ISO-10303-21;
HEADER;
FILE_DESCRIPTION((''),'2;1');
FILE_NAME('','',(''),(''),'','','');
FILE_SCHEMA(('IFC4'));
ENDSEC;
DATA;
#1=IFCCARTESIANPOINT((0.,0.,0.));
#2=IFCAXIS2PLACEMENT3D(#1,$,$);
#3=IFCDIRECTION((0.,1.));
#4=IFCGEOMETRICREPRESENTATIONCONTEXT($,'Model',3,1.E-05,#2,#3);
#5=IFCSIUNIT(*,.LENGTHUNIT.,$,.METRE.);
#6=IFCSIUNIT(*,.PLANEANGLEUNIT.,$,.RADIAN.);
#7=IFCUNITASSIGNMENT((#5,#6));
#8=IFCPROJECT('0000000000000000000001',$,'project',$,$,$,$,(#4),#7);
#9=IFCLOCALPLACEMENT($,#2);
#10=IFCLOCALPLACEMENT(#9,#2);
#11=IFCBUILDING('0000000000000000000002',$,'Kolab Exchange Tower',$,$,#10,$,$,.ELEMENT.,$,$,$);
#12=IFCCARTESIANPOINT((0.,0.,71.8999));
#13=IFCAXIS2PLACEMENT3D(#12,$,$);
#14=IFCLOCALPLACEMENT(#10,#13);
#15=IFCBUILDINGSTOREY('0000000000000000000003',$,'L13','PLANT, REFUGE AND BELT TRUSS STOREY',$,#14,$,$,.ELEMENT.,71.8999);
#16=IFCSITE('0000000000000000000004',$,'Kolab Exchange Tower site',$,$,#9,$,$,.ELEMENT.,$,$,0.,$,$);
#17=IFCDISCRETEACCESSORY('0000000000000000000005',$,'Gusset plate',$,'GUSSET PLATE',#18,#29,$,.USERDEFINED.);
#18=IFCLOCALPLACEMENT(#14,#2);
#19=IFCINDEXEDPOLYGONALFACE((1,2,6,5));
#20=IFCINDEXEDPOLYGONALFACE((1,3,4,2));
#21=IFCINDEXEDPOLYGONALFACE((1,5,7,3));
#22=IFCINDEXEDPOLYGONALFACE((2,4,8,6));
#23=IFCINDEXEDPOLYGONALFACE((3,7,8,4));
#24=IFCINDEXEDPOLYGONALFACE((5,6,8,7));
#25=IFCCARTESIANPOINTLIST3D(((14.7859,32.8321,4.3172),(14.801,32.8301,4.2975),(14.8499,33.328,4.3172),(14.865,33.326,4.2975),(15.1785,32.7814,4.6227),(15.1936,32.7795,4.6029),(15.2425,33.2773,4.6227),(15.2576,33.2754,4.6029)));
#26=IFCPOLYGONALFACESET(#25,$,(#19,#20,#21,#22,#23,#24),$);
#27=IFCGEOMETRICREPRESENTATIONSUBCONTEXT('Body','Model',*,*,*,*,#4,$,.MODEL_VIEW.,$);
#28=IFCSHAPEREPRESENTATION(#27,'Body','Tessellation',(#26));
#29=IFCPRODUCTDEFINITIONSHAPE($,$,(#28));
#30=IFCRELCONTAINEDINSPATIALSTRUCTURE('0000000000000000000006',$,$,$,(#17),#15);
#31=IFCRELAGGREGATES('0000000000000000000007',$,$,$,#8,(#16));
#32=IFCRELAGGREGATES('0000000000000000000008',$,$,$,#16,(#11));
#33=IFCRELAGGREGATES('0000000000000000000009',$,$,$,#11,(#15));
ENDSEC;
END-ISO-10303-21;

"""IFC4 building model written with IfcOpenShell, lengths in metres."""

from ifc_helpers import new_model, si_unit, direction, frame, origin, origin_2d, place, context, subcontext, project, spatial, rectangle, extrude, element, save


model = new_model("IFC4")

# Units and contexts
model_context = context("Model", 3, precision=1e-05, world=origin(), true_north=direction((0.0, 1.0)))
body_context = subcontext(model_context, "Body", "Model", "MODEL_VIEW")
ifc_project = project(units=[si_unit("LENGTHUNIT", "METRE"), si_unit("PLANEANGLEUNIT", "RADIAN")], contexts=[model_context])

# Site, building, storey
site_placement = place(None, origin())
site = spatial("IfcSite", under=ifc_project, at=site_placement, Name="Kolab Exchange Tower site", CompositionType="ELEMENT", RefElevation=0.0)
building_placement = place(site_placement, origin())
building = spatial("IfcBuilding", under=site, at=building_placement, Name="Kolab Exchange Tower", CompositionType="ELEMENT")
storey_placement = place(building_placement, frame((0.0, 0.0, 71.8999)))
storey = spatial("IfcBuildingStorey", under=building, at=storey_placement, Name="L13", Description="PLANT, REFUGE AND BELT TRUSS STOREY", CompositionType="ELEMENT", Elevation=71.8999)

# Discrete accessory
for number, where, z_axis, x_axis, name in (
    (1, (15.0293, 33.0527, 4.4502), (-0.605953, 0.078188, 0.791649), (-0.127971, -0.991778, 0.0), "Gusset plate"),
):
    element("IfcDiscreteAccessory", number, at=place(storey_placement, frame(where, z_axis=z_axis, x_axis=x_axis)), inside=storey, Name=name, ObjectType="GUSSET PLATE", PredefinedType="USERDEFINED", context=body_context, shape_type="SweptSolid", body=[
        extrude(rectangle(XDim=0.5, YDim=0.5, at=origin_2d()), origin(), (0.0, 0.0, 1.0), 0.0249),
    ])

save(model, "model.ifc")
